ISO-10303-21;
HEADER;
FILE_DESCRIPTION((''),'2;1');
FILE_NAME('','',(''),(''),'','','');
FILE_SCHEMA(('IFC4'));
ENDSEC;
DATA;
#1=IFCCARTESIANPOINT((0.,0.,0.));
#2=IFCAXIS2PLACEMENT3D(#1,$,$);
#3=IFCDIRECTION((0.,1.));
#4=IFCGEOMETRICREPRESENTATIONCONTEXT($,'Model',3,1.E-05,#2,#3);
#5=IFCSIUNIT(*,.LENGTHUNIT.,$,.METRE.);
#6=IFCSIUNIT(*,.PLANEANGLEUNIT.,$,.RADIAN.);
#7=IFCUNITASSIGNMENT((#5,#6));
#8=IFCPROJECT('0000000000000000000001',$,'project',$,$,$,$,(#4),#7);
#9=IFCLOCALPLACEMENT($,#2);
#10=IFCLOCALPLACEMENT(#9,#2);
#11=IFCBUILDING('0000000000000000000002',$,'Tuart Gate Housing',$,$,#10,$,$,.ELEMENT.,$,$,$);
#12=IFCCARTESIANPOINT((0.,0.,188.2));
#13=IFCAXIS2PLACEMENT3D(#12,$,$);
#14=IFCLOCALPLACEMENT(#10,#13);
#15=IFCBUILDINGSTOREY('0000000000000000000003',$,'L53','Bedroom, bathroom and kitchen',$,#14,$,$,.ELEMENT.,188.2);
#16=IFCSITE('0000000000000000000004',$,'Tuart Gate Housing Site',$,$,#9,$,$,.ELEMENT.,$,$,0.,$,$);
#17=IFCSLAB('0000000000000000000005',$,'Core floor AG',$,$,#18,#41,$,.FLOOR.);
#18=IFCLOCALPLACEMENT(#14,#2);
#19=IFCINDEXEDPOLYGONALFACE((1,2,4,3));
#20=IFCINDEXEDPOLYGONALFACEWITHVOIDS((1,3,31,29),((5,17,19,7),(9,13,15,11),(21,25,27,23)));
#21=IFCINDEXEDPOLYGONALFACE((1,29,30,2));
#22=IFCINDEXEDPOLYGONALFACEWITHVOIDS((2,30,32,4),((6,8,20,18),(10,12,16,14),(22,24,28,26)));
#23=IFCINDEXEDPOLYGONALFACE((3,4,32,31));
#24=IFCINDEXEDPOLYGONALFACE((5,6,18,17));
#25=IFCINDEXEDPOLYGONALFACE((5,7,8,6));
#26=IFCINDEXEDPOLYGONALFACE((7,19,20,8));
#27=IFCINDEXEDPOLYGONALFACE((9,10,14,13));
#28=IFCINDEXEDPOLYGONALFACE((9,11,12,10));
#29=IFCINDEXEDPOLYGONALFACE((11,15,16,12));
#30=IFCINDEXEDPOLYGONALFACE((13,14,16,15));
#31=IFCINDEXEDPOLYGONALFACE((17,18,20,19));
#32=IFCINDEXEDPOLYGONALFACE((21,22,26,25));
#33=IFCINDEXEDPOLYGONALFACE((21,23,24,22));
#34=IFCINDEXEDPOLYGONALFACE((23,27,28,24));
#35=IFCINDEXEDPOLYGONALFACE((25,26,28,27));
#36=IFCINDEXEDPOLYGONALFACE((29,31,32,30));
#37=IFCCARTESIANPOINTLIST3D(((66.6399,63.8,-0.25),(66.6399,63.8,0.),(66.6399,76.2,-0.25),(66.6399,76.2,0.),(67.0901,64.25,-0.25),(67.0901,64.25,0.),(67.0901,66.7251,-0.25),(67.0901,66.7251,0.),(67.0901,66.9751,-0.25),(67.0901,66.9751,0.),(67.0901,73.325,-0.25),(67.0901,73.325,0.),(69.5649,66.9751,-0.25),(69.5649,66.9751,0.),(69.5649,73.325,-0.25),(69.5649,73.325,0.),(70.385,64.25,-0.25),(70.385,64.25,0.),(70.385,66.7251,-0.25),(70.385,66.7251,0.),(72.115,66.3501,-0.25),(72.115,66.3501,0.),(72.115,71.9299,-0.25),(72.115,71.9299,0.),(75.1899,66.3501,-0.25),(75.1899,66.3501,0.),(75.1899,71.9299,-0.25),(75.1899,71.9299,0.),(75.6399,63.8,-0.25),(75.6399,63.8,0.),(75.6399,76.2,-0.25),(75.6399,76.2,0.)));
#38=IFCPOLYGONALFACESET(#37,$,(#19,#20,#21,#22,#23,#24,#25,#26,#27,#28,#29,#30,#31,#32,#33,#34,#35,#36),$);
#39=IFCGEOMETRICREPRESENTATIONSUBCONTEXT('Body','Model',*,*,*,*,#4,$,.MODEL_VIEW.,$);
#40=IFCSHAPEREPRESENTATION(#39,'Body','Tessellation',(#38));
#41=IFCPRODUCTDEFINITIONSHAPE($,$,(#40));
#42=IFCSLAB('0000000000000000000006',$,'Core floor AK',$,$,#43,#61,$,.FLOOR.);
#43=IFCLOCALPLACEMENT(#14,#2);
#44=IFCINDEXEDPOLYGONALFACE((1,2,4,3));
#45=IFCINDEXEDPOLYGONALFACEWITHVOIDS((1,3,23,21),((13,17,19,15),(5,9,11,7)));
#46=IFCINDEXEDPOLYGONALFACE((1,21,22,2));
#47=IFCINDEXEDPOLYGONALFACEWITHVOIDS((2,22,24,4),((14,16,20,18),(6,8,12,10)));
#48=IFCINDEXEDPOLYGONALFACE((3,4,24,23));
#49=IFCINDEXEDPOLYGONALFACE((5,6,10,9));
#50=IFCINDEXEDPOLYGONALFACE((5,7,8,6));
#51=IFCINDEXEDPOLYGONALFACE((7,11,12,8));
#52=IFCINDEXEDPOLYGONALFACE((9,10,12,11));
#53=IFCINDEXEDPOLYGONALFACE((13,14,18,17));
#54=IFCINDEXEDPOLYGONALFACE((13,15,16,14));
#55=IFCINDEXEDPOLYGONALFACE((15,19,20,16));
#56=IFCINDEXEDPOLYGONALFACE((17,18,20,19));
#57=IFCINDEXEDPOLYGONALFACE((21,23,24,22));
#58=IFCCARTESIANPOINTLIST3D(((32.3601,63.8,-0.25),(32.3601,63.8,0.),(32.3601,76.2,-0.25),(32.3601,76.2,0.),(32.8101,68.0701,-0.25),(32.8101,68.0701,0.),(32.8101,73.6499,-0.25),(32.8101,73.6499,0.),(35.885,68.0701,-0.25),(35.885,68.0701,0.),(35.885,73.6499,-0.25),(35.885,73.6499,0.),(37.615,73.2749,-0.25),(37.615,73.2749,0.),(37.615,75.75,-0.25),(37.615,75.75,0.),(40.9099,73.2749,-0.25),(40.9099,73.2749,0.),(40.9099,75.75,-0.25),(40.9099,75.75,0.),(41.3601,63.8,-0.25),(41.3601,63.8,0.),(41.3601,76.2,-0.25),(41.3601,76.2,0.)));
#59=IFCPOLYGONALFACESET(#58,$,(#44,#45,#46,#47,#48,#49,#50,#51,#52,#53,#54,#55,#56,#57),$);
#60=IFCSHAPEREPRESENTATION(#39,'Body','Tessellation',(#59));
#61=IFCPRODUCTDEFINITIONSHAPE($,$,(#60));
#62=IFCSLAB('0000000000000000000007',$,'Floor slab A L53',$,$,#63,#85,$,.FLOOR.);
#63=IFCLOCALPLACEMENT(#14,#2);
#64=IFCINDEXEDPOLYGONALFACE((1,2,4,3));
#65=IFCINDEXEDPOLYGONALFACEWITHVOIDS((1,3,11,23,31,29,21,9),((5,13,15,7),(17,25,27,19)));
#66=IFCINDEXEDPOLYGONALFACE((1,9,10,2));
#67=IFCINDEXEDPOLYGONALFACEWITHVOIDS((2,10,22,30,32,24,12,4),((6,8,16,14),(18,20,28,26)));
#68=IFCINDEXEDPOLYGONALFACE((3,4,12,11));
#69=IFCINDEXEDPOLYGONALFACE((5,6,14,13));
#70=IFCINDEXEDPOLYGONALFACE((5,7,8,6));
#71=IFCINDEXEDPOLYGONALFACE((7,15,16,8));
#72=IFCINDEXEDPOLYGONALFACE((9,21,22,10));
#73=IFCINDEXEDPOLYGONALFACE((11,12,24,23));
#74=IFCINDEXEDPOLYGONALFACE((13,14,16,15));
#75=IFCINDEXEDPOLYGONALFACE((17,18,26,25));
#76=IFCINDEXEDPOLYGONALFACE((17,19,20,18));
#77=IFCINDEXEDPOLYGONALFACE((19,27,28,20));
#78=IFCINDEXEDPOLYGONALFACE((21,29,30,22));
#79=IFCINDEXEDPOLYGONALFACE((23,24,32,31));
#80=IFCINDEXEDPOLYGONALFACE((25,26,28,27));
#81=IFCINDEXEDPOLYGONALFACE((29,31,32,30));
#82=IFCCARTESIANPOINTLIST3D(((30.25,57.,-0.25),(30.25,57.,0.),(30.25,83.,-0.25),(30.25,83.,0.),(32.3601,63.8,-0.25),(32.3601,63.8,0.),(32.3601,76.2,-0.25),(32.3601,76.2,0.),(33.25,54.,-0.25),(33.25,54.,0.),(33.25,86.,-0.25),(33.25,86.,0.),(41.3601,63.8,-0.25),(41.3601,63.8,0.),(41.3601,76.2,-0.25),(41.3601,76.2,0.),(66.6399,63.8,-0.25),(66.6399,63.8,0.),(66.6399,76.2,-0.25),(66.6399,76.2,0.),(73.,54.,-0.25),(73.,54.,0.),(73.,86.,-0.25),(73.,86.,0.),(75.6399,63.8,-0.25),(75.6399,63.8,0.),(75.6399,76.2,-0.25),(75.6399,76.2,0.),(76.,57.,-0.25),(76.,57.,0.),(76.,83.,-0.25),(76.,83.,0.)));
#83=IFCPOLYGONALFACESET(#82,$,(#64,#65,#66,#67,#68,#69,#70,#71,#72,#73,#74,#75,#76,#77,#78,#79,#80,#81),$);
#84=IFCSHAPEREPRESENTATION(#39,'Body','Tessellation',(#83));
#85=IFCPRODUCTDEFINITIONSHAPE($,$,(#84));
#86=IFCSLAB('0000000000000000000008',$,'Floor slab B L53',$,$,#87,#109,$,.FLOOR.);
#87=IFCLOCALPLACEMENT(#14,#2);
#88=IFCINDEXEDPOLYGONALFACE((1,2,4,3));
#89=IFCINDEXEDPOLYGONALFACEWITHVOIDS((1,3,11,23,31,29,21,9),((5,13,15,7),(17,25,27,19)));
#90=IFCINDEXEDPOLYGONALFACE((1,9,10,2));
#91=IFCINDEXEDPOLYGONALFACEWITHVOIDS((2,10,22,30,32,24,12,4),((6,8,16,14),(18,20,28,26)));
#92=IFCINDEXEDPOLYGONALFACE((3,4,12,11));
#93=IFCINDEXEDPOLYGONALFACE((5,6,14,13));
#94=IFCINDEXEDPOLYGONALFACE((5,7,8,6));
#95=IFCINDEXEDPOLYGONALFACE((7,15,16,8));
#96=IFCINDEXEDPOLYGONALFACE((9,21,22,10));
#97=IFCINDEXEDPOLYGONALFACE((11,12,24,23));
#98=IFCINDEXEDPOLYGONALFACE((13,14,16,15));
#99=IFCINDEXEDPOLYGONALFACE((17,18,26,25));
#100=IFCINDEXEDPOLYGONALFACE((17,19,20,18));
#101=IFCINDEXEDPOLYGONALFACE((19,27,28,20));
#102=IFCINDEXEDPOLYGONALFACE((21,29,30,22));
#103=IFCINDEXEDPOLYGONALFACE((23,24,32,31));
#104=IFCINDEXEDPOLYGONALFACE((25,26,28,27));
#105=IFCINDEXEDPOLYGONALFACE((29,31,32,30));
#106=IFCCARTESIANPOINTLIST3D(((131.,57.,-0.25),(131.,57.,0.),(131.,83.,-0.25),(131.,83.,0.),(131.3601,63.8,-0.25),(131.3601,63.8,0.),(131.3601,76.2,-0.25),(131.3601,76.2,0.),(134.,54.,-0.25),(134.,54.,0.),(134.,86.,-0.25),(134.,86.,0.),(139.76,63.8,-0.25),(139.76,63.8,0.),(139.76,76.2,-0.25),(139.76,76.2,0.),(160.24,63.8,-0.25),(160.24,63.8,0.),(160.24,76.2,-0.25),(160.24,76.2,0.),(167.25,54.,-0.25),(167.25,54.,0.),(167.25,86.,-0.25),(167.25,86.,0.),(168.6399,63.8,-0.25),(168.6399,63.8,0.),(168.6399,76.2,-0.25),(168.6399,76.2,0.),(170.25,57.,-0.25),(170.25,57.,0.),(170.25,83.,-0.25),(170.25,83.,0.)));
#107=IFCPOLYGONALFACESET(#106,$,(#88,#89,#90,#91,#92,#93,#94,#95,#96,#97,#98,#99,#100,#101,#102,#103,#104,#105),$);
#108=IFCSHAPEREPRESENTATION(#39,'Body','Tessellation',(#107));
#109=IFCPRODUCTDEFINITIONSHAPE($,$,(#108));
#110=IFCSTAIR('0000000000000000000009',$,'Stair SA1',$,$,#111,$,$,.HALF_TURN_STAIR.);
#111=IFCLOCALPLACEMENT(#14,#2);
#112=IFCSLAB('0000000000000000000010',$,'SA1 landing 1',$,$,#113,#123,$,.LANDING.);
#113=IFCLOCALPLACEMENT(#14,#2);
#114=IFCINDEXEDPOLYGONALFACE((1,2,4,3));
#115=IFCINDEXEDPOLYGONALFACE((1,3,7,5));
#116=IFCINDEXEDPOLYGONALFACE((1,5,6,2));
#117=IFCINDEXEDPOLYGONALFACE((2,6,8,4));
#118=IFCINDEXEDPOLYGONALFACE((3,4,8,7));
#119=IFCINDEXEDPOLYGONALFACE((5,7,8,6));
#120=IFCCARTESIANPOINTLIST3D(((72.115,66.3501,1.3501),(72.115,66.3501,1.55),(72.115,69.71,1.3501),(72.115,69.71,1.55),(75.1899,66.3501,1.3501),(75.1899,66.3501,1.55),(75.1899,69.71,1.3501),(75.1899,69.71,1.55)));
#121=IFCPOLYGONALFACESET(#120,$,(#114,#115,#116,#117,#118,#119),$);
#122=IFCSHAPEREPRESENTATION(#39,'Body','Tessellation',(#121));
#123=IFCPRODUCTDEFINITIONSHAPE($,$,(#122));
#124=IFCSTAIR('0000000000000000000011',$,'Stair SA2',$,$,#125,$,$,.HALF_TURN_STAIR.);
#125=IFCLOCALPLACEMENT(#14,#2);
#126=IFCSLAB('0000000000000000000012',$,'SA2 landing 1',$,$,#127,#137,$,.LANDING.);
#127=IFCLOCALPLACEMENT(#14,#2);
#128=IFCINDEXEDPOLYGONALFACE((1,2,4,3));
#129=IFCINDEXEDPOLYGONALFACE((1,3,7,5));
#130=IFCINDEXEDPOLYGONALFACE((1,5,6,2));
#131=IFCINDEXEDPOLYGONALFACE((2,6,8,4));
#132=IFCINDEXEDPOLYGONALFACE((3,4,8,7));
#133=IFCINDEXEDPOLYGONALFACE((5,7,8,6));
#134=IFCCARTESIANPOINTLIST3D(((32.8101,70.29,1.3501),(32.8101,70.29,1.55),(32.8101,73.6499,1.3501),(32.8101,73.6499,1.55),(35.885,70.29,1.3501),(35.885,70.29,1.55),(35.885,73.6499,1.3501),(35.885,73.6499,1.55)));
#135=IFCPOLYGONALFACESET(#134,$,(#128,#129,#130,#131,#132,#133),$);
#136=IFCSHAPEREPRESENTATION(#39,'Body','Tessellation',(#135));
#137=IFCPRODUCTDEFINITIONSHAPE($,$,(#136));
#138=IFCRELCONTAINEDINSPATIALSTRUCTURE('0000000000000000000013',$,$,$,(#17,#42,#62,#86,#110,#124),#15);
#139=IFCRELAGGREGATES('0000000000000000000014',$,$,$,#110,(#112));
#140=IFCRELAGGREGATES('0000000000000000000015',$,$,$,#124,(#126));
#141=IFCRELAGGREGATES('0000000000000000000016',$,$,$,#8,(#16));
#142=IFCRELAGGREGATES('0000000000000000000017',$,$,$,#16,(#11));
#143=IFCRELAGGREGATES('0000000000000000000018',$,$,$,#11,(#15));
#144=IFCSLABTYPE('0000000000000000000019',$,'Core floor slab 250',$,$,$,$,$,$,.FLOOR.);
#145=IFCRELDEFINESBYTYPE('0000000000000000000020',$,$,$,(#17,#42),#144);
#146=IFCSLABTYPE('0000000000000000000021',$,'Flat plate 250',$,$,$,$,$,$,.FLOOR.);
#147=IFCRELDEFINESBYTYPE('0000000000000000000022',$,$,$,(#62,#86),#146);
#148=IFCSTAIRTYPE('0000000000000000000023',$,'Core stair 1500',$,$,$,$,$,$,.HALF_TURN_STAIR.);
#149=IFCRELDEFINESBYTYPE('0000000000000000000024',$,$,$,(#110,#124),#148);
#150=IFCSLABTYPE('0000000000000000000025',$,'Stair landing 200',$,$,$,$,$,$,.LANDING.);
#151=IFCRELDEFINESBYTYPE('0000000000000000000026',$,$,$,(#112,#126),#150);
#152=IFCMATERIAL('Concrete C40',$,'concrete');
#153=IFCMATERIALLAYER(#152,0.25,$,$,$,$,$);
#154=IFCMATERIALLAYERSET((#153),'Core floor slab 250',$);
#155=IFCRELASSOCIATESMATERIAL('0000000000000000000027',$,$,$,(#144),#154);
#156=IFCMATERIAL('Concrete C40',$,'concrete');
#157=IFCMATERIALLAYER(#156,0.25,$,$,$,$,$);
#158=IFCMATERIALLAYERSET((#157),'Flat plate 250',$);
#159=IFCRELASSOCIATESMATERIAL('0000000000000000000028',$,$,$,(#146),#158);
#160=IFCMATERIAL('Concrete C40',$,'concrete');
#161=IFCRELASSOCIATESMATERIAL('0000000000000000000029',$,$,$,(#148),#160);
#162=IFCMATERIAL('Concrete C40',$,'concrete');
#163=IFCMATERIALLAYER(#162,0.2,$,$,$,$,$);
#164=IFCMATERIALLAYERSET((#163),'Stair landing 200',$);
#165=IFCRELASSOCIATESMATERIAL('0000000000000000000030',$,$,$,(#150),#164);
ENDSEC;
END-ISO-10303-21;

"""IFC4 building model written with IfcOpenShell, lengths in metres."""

from ifc_helpers import new_model, si_unit, direction, frame, origin, place, context, subcontext, project, spatial, polyline, outline, extrude, material, layer, layer_set, type_object, element, aggregate, save


model = new_model("IFC4")

# Units and contexts
model_context = context("Model", 3, precision=1e-05, world=origin(), true_north=direction((0.0, 1.0)))
body_context = subcontext(model_context, "Body", "Model", "MODEL_VIEW")
ifc_project = project(units=[si_unit("LENGTHUNIT", "METRE"), si_unit("PLANEANGLEUNIT", "RADIAN")], contexts=[model_context])

# Site, building, storey
site_placement = place(None, origin())
site = spatial("IfcSite", under=ifc_project, at=site_placement, Name="Tuart Gate Housing Site", CompositionType="ELEMENT", RefElevation=0.0)
building_placement = place(site_placement, origin())
building = spatial("IfcBuilding", under=site, at=building_placement, Name="Tuart Gate Housing", CompositionType="ELEMENT")
storey_placement = place(building_placement, frame((0.0, 0.0, 188.2)))
storey = spatial("IfcBuildingStorey", under=building, at=storey_placement, Name="L53", Description="Bedroom, bathroom and kitchen", CompositionType="ELEMENT", Elevation=188.2)

# Slabs
ifc_material_1 = material(Name="Concrete C40", Category="concrete")
ifc_layer_1 = layer(ifc_material_1, 0.25)
ifc_layer_set_1 = layer_set([ifc_layer_1], Name="Core floor slab 250")
slab_type_1 = type_object("IfcSlabType", Name="Core floor slab 250", PredefinedType="FLOOR", material=ifc_layer_set_1)
slab_1_placement = place(storey_placement, frame((0.0, 0.0, -0.25)))
element("IfcSlab", 1, at=slab_1_placement, inside=storey, type_object=slab_type_1, Name="Core floor AG", PredefinedType="FLOOR", context=body_context, shape_type="SweptSolid", body=[
    extrude(outline(polyline([(66.6399, 63.8), (75.6399, 63.8), (75.6399, 76.2), (66.6399, 76.2), (66.6399, 63.8)]), holes=[polyline([(67.0901, 64.25), (70.385, 64.25), (70.385, 66.7251), (67.0901, 66.7251), (67.0901, 64.25)]), polyline([(67.0901, 66.9751), (69.5649, 66.9751), (69.5649, 73.325), (67.0901, 73.325), (67.0901, 66.9751)]), polyline([(72.115, 66.3501), (75.1899, 66.3501), (75.1899, 71.9299), (72.115, 71.9299), (72.115, 66.3501)])]), origin(), (0.0, 0.0, 1.0), 0.25),
])
slab_2_placement = place(storey_placement, frame((0.0, 0.0, -0.25)))
element("IfcSlab", 2, at=slab_2_placement, inside=storey, type_object=slab_type_1, Name="Core floor AK", PredefinedType="FLOOR", context=body_context, shape_type="SweptSolid", body=[
    extrude(outline(polyline([(32.3601, 63.8), (41.3601, 63.8), (41.3601, 76.2), (32.3601, 76.2), (32.3601, 63.8)]), holes=[polyline([(40.9099, 75.75), (37.615, 75.75), (37.615, 73.2749), (40.9099, 73.2749), (40.9099, 75.75)]), polyline([(35.885, 73.6499), (32.8101, 73.6499), (32.8101, 68.0701), (35.885, 68.0701), (35.885, 73.6499)])]), origin(), (0.0, 0.0, 1.0), 0.25),
])
ifc_material_2 = material(Name="Concrete C40", Category="concrete")
ifc_layer_2 = layer(ifc_material_2, 0.25)
ifc_layer_set_2 = layer_set([ifc_layer_2], Name="Flat plate 250")
slab_type_2 = type_object("IfcSlabType", Name="Flat plate 250", PredefinedType="FLOOR", material=ifc_layer_set_2)
slab_3_placement = place(storey_placement, frame((0.0, 0.0, -0.25)))
element("IfcSlab", 3, at=slab_3_placement, inside=storey, type_object=slab_type_2, Name="Floor slab A L53", PredefinedType="FLOOR", context=body_context, shape_type="SweptSolid", body=[
    extrude(outline(polyline([(33.25, 86.0), (30.25, 83.0), (30.25, 57.0), (33.25, 54.0), (73.0, 54.0), (76.0, 57.0), (76.0, 83.0), (73.0, 86.0), (33.25, 86.0)]), holes=[polyline([(66.6399, 76.2), (75.6399, 76.2), (75.6399, 63.8), (66.6399, 63.8), (66.6399, 76.2)]), polyline([(41.3601, 76.2), (41.3601, 63.8), (32.3601, 63.8), (32.3601, 76.2), (41.3601, 76.2)])]), origin(), (0.0, 0.0, 1.0), 0.25),
])
slab_4_placement = place(storey_placement, frame((0.0, 0.0, -0.25)))
element("IfcSlab", 4, at=slab_4_placement, inside=storey, type_object=slab_type_2, Name="Floor slab B L53", PredefinedType="FLOOR", context=body_context, shape_type="SweptSolid", body=[
    extrude(outline(polyline([(134.0, 86.0), (131.0, 83.0), (131.0, 57.0), (134.0, 54.0), (167.25, 54.0), (170.25, 57.0), (170.25, 83.0), (167.25, 86.0), (134.0, 86.0)]), holes=[polyline([(131.3601, 76.2), (139.76, 76.2), (139.76, 63.8), (131.3601, 63.8), (131.3601, 76.2)]), polyline([(168.6399, 76.2), (168.6399, 63.8), (160.24, 63.8), (160.24, 76.2), (168.6399, 76.2)])]), origin(), (0.0, 0.0, 1.0), 0.25),
])

# Stairs, slabs
ifc_material_3 = material(Name="Concrete C40", Category="concrete")
stair_type = type_object("IfcStairType", Name="Core stair 1500", PredefinedType="HALF_TURN_STAIR", material=ifc_material_3)
stair_1_placement = place(storey_placement, origin())
stair_1 = element("IfcStair", 5, at=stair_1_placement, inside=storey, type_object=stair_type, Name="Stair SA1", PredefinedType="HALF_TURN_STAIR")
ifc_material_4 = material(Name="Concrete C40", Category="concrete")
ifc_layer_3 = layer(ifc_material_4, 0.2)
ifc_layer_set_3 = layer_set([ifc_layer_3], Name="Stair landing 200")
slab_type_3 = type_object("IfcSlabType", Name="Stair landing 200", PredefinedType="LANDING", material=ifc_layer_set_3)
slab_5_placement = place(storey_placement, frame((0.0, 0.0, 1.3501)))
slab_5 = element("IfcSlab", 6, at=slab_5_placement, type_object=slab_type_3, Name="SA1 landing 1", PredefinedType="LANDING", context=body_context, shape_type="SweptSolid", body=[
    extrude(outline(polyline([(72.115, 66.3501), (75.1899, 66.3501), (75.1899, 69.71), (72.115, 69.71), (72.115, 66.3501)])), origin(), (0.0, 0.0, 1.0), 0.2),
])
aggregate(stair_1, [slab_5])
stair_2_placement = place(storey_placement, origin())
stair_2 = element("IfcStair", 7, at=stair_2_placement, inside=storey, type_object=stair_type, Name="Stair SA2", PredefinedType="HALF_TURN_STAIR")
slab_6_placement = place(storey_placement, frame((0.0, 0.0, 1.3501)))
slab_6 = element("IfcSlab", 8, at=slab_6_placement, type_object=slab_type_3, Name="SA2 landing 1", PredefinedType="LANDING", context=body_context, shape_type="SweptSolid", body=[
    extrude(outline(polyline([(35.885, 73.6499), (32.8101, 73.6499), (32.8101, 70.29), (35.885, 70.29), (35.885, 73.6499)])), origin(), (0.0, 0.0, 1.0), 0.2),
])
aggregate(stair_2, [slab_6])

save(model, "model.ifc")
